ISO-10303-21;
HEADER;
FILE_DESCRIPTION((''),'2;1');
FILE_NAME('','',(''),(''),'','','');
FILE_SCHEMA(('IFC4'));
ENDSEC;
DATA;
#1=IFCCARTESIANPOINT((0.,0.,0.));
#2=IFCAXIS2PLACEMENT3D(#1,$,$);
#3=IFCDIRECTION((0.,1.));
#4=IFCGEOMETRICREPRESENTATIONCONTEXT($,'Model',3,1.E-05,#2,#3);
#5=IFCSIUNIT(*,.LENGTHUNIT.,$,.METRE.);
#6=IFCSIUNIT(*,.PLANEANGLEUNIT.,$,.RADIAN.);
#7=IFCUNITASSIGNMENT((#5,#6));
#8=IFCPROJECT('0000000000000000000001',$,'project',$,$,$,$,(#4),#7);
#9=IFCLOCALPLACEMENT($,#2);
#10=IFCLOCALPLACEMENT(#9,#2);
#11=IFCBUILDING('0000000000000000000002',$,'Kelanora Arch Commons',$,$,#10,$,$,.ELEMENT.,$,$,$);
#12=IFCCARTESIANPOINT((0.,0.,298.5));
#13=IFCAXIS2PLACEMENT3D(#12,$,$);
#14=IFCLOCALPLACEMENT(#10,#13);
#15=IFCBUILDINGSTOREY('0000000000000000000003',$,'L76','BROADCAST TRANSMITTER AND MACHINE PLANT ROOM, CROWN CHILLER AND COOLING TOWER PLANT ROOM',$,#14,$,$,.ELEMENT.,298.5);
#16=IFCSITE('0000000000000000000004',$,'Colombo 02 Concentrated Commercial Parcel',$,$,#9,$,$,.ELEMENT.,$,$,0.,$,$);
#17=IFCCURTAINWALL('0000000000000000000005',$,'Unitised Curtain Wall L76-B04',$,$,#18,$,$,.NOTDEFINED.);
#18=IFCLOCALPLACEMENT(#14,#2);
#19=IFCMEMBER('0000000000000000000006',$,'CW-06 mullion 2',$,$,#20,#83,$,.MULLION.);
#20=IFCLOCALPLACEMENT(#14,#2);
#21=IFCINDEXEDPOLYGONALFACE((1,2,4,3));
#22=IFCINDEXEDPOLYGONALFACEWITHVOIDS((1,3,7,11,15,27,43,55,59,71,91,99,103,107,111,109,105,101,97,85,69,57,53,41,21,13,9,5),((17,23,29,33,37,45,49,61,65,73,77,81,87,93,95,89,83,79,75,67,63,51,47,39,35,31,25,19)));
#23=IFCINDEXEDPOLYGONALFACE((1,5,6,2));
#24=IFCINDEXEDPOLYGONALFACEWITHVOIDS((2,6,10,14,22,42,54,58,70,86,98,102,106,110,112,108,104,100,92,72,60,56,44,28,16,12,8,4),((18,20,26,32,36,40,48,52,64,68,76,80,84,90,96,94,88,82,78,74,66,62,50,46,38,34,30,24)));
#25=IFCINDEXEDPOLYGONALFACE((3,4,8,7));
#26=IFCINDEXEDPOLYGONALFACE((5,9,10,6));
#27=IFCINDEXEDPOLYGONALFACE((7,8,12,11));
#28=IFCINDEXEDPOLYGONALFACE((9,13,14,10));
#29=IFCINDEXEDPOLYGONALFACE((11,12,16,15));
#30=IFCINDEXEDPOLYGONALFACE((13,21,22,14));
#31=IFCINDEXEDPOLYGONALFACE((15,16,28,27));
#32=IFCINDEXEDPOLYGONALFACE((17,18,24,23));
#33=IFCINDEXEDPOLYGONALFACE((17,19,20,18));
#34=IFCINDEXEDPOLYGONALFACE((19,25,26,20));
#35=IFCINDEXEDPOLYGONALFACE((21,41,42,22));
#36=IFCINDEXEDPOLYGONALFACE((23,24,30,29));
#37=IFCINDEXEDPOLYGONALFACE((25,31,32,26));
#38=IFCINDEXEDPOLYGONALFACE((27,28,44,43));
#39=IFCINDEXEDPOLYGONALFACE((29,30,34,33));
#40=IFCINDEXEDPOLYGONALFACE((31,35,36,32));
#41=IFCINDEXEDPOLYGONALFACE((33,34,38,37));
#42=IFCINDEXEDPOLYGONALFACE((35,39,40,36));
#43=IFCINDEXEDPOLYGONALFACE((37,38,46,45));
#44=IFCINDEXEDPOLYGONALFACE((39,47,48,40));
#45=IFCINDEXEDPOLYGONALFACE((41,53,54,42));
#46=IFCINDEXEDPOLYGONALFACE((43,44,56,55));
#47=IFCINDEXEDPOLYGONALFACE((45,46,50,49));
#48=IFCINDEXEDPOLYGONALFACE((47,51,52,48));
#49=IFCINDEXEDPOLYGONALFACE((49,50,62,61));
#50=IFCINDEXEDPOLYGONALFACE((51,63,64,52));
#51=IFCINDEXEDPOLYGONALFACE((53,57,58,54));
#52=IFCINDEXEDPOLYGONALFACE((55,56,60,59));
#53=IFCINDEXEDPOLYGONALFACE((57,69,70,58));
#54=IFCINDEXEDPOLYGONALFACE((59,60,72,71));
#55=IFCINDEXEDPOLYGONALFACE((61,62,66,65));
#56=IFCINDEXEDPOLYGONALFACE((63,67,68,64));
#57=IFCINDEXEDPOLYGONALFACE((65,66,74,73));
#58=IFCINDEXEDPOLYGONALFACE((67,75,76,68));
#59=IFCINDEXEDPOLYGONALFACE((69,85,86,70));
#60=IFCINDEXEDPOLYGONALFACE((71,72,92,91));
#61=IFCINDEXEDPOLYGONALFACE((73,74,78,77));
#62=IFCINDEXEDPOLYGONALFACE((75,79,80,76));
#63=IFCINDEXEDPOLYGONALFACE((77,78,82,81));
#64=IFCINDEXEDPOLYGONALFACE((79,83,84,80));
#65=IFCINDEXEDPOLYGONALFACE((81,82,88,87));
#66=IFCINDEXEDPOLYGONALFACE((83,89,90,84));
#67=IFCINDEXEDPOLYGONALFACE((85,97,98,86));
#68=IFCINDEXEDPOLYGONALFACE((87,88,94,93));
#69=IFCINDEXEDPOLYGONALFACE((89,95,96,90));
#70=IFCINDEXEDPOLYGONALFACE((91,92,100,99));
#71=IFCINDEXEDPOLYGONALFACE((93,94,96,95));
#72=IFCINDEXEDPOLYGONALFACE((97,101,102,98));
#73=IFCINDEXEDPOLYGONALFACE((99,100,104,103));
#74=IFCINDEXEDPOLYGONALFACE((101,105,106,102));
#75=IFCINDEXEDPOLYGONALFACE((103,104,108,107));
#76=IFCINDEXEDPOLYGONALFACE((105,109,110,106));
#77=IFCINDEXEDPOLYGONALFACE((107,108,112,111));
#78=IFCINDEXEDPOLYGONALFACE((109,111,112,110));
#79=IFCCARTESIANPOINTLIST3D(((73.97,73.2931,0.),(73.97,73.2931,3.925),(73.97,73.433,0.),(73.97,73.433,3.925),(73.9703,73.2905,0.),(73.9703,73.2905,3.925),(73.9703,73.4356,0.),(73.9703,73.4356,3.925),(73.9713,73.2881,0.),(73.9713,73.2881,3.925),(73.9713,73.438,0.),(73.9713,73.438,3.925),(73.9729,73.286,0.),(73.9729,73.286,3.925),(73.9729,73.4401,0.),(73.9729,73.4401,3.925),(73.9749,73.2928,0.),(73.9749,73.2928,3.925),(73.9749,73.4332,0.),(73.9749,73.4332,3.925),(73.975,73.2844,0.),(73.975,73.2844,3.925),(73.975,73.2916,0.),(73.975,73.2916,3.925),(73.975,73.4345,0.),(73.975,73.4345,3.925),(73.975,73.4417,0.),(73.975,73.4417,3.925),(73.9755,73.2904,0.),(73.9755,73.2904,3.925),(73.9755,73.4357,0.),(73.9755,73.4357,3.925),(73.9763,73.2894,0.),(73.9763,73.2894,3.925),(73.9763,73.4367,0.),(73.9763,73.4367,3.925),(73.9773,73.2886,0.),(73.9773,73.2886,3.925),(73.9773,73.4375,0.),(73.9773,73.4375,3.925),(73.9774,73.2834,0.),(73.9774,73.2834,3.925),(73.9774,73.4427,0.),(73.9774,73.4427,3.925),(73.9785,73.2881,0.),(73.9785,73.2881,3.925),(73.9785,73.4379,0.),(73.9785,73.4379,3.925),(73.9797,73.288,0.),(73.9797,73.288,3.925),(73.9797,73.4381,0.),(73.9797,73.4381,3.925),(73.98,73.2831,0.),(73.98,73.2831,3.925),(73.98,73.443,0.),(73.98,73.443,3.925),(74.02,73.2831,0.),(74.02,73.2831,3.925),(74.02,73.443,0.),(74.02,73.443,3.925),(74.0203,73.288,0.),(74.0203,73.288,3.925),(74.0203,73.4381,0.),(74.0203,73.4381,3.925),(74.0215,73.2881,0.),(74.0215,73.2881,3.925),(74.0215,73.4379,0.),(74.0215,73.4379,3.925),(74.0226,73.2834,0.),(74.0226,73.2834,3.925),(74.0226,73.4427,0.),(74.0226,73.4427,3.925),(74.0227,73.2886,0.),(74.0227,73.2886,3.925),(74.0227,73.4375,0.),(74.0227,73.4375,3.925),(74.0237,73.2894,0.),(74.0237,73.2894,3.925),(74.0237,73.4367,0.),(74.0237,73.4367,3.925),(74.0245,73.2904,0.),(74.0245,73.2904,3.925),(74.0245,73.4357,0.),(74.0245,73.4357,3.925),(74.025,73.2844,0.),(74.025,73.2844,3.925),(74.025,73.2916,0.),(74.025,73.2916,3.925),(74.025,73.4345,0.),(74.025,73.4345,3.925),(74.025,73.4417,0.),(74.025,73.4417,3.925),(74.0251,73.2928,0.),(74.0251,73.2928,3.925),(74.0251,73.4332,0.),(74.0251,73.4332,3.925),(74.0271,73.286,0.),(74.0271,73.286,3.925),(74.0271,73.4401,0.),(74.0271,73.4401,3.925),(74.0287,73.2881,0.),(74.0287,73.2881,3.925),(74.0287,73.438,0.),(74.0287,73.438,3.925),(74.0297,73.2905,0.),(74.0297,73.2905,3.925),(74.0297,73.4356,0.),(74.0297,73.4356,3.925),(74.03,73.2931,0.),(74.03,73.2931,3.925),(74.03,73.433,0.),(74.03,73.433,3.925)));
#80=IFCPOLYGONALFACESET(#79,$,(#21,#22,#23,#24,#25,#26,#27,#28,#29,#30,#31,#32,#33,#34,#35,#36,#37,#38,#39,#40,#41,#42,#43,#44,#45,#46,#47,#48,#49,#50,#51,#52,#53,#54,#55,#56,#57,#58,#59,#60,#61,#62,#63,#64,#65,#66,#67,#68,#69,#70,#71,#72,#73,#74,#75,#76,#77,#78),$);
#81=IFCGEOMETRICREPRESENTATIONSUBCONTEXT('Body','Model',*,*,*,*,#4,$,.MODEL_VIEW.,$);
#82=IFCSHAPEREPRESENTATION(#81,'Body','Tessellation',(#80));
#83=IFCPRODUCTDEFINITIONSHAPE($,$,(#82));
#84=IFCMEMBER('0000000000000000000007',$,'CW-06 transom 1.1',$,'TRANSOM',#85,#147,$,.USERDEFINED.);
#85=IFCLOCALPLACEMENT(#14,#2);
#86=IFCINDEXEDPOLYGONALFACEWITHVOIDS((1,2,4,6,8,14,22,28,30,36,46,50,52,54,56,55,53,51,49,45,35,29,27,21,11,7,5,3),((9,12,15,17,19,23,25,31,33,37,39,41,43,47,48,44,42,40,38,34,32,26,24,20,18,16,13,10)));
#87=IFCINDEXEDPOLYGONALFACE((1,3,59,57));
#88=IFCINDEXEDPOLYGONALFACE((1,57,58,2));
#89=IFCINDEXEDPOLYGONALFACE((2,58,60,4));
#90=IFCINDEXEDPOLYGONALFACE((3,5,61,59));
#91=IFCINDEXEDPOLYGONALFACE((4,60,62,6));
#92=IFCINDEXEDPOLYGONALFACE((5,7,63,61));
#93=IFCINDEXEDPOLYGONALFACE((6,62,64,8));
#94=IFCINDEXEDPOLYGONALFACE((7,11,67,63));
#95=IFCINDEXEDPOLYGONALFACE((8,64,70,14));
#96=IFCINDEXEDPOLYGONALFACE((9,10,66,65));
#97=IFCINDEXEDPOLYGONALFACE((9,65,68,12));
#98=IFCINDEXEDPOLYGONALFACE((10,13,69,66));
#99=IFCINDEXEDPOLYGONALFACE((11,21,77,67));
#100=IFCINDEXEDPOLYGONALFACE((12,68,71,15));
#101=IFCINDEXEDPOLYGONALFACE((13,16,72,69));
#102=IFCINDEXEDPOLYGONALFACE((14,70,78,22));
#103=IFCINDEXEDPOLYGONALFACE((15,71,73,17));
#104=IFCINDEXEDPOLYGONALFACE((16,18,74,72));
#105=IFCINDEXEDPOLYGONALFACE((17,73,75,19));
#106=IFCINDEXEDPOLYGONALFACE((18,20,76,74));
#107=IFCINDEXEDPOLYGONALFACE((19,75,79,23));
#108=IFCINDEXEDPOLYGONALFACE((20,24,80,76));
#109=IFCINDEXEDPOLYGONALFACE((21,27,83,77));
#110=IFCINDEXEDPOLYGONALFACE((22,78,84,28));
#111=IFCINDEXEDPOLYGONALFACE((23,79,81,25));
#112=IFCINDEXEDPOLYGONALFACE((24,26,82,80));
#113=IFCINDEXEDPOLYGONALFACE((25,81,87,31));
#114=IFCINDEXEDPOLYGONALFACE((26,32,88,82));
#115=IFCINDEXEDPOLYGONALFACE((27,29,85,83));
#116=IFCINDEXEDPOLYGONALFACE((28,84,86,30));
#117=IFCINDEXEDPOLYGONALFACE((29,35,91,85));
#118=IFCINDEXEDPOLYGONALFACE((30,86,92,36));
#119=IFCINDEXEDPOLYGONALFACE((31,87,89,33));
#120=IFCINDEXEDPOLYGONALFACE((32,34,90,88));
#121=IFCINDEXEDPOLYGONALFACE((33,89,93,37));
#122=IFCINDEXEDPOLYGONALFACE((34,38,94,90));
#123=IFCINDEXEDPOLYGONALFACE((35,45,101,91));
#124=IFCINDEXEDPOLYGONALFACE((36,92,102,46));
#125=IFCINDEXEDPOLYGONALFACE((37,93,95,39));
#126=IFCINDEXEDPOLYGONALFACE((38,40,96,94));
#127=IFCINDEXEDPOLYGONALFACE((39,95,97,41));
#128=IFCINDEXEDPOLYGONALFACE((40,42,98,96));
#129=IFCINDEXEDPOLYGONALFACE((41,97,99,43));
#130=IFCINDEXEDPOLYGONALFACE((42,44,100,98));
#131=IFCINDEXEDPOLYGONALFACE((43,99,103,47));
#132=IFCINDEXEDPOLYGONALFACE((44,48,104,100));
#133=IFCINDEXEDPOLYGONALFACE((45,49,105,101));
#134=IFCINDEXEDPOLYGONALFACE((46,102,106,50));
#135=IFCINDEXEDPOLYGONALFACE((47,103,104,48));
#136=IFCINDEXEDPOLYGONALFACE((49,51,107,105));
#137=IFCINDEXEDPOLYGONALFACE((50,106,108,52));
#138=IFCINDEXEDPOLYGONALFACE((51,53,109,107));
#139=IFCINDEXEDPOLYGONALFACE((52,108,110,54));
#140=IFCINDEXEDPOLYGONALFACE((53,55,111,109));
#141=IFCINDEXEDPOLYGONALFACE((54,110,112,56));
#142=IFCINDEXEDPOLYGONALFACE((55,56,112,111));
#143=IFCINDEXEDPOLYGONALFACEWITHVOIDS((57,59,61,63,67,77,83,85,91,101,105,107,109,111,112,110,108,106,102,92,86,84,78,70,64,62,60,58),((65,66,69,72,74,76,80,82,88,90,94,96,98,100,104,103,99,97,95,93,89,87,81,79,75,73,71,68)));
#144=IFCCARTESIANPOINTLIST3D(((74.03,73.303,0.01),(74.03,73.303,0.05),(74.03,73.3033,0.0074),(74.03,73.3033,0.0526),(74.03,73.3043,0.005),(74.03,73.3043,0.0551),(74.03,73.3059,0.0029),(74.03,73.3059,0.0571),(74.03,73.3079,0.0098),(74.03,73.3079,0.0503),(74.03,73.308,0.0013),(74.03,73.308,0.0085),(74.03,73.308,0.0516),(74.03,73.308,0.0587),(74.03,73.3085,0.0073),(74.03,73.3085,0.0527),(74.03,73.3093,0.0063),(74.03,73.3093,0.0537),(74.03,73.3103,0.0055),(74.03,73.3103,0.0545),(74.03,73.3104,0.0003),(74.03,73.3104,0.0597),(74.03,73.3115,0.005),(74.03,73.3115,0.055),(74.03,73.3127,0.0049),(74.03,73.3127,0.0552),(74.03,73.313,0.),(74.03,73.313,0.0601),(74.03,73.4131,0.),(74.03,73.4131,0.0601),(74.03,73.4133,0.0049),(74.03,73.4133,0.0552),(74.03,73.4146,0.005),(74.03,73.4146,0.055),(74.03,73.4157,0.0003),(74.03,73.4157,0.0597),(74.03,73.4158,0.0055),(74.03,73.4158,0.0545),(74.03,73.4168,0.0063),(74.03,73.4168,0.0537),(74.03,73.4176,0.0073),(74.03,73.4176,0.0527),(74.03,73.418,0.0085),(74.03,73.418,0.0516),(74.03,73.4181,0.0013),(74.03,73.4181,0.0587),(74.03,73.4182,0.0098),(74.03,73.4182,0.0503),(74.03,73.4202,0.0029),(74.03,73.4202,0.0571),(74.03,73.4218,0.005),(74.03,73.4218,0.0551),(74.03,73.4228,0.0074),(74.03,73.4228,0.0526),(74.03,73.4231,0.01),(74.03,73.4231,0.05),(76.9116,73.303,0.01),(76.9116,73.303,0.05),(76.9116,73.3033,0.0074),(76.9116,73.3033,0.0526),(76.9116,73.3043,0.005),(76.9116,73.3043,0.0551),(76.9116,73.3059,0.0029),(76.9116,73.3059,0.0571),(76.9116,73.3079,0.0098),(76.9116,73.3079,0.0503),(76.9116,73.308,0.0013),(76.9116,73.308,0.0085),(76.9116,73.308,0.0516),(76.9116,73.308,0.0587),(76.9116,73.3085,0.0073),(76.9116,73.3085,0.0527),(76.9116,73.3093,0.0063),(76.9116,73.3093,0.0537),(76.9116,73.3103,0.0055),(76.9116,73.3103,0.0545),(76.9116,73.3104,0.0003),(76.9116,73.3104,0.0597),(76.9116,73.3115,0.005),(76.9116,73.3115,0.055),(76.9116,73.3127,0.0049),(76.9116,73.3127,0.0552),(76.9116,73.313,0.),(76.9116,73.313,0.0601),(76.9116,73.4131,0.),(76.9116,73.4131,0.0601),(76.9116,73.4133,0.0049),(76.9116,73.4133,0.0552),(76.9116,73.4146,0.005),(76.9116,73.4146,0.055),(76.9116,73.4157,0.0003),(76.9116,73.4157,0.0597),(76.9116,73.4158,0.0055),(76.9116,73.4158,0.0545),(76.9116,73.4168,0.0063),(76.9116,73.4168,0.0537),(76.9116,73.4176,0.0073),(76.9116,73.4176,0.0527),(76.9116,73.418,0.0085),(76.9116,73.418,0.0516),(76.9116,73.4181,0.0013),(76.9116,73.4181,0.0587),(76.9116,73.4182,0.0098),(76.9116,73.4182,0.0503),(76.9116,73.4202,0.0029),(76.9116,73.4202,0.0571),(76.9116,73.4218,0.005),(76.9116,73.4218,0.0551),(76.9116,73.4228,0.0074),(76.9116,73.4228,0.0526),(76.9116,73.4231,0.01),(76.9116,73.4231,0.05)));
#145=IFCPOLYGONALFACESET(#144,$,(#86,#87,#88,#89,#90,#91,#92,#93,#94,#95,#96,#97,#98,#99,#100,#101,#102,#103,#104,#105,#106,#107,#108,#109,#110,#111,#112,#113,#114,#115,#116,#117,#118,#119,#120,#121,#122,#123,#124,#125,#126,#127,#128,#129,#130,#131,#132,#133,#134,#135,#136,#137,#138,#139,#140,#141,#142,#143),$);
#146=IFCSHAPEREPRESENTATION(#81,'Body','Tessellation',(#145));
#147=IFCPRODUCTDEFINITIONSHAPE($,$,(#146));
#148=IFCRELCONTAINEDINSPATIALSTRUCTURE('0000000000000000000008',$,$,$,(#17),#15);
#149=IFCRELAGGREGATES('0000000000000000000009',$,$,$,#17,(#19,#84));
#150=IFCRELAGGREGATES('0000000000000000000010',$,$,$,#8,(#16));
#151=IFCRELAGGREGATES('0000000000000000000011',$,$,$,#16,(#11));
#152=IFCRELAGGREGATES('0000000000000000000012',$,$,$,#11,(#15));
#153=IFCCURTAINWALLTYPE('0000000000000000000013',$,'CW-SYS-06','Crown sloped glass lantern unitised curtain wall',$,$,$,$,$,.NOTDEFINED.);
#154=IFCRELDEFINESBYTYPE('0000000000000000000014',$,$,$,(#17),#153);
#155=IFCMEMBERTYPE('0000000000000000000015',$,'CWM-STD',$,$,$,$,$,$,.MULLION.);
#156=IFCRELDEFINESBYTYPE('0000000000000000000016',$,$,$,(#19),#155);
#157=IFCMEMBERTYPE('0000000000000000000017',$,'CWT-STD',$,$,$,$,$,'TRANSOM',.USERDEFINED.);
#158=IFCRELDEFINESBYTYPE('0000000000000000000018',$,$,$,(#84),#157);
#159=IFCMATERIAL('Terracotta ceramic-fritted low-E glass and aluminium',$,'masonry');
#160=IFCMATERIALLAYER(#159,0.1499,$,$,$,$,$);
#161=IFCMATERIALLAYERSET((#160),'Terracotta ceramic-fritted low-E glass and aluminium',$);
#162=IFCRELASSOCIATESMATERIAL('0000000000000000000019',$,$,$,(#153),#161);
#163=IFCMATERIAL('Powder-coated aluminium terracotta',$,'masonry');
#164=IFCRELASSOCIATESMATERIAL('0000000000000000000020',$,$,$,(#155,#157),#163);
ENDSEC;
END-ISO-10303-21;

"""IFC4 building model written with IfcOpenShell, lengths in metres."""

from ifc_helpers import new_model, si_unit, direction, frame, origin, origin_2d, place, context, subcontext, project, spatial, hollow_rectangle, extrude, material, layer, layer_set, material_profile, profile_set, type_object, element, aggregate, save


model = new_model("IFC4")

# Units and contexts
model_context = context("Model", 3, precision=1e-05, world=origin(), true_north=direction((0.0, 1.0)))
body_context = subcontext(model_context, "Body", "Model", "MODEL_VIEW")
ifc_project = project(units=[si_unit("LENGTHUNIT", "METRE"), si_unit("PLANEANGLEUNIT", "RADIAN")], contexts=[model_context])

# Site, building, storey
site_placement = place(None, origin())
site = spatial("IfcSite", under=ifc_project, at=site_placement, Name="Colombo 02 Concentrated Commercial Parcel", CompositionType="ELEMENT", RefElevation=0.0)
building_placement = place(site_placement, origin())
building = spatial("IfcBuilding", under=site, at=building_placement, Name="Kelanora Arch Commons", CompositionType="ELEMENT")
storey_placement = place(building_placement, frame((0.0, 0.0, 298.5)))
storey = spatial("IfcBuildingStorey", under=building, at=storey_placement, Name="L76", Description="BROADCAST TRANSMITTER AND MACHINE PLANT ROOM, CROWN CHILLER AND COOLING TOWER PLANT ROOM", CompositionType="ELEMENT", Elevation=298.5)

# Shared definitions
ifc_material_1 = material(Name="Terracotta ceramic-fritted low-E glass and aluminium", Category="masonry")
ifc_layer_1 = layer(ifc_material_1, 0.1499)
ifc_layer_set_1 = layer_set([ifc_layer_1], Name="Terracotta ceramic-fritted low-E glass and aluminium")
curtain_wall_type = type_object("IfcCurtainWallType", Name="CW-SYS-06", Description="Crown sloped glass lantern unitised curtain wall", PredefinedType="NOTDEFINED", material=ifc_layer_set_1)
ifc_material_2 = material(Name="Powder-coated aluminium terracotta", Category="masonry")
ifc_material_profile_1 = material_profile(ifc_material_2, hollow_rectangle(XDim=0.1599, YDim=0.0601, WallThickness=0.0049, InnerFilletRadius=0.0049, OuterFilletRadius=0.01, at=origin_2d()), Name="CWM160x60")
ifc_profile_set_1 = profile_set([ifc_material_profile_1], Name="Powder-coated aluminium terracotta")
member_type_1 = type_object("IfcMemberType", Name="CWM-STD", PredefinedType="MULLION", material=ifc_profile_set_1)

# Curtain wall, members
curtain_wall_1_placement = place(storey_placement, origin())
curtain_wall_1 = element("IfcCurtainWall", 1, at=curtain_wall_1_placement, inside=storey, type_object=curtain_wall_type, Name="Unitised Curtain Wall L76-B04", PredefinedType="NOTDEFINED")
member_1_placement = place(storey_placement, frame((74.0, 73.363, 0.0), z_axis=(0.0, 0.0, 1.0), x_axis=(0.0, -1.0, 0.0)))
member_1 = element("IfcMember", 2, at=member_1_placement, type_object=member_type_1, Name="CW-06 mullion 2", PredefinedType="MULLION", context=body_context, shape_type="SweptSolid", body=[
    extrude(hollow_rectangle(XDim=0.1599, YDim=0.0601, WallThickness=0.0049, InnerFilletRadius=0.0049, OuterFilletRadius=0.01, at=origin_2d()), origin(), (0.0, 0.0, 1.0), 3.925),
])
ifc_material_profile_2 = material_profile(ifc_material_2, hollow_rectangle(XDim=0.1201, YDim=0.0601, WallThickness=0.0049, InnerFilletRadius=0.0049, OuterFilletRadius=0.01, at=origin_2d()), Name="CWT120x60")
ifc_profile_set_2 = profile_set([ifc_material_profile_2], Name="Powder-coated aluminium terracotta")
member_type_2 = type_object("IfcMemberType", Name="CWT-STD", ElementType="TRANSOM", PredefinedType="USERDEFINED", material=ifc_profile_set_2)
member_2_placement = place(storey_placement, frame((76.9116, 73.363, 0.03), z_axis=(-1.0, 0.0, 0.0), x_axis=(0.0, -1.0, 0.0)))
member_2 = element("IfcMember", 3, at=member_2_placement, type_object=member_type_2, Name="CW-06 transom 1.1", ObjectType="TRANSOM", PredefinedType="USERDEFINED", context=body_context, shape_type="SweptSolid", body=[
    extrude(hollow_rectangle(XDim=0.1201, YDim=0.0601, WallThickness=0.0049, InnerFilletRadius=0.0049, OuterFilletRadius=0.01, at=origin_2d()), origin(), (0.0, 0.0, 1.0), 2.8816),
])

aggregate(curtain_wall_1, [member_1, member_2])

save(model, "model.ifc")
